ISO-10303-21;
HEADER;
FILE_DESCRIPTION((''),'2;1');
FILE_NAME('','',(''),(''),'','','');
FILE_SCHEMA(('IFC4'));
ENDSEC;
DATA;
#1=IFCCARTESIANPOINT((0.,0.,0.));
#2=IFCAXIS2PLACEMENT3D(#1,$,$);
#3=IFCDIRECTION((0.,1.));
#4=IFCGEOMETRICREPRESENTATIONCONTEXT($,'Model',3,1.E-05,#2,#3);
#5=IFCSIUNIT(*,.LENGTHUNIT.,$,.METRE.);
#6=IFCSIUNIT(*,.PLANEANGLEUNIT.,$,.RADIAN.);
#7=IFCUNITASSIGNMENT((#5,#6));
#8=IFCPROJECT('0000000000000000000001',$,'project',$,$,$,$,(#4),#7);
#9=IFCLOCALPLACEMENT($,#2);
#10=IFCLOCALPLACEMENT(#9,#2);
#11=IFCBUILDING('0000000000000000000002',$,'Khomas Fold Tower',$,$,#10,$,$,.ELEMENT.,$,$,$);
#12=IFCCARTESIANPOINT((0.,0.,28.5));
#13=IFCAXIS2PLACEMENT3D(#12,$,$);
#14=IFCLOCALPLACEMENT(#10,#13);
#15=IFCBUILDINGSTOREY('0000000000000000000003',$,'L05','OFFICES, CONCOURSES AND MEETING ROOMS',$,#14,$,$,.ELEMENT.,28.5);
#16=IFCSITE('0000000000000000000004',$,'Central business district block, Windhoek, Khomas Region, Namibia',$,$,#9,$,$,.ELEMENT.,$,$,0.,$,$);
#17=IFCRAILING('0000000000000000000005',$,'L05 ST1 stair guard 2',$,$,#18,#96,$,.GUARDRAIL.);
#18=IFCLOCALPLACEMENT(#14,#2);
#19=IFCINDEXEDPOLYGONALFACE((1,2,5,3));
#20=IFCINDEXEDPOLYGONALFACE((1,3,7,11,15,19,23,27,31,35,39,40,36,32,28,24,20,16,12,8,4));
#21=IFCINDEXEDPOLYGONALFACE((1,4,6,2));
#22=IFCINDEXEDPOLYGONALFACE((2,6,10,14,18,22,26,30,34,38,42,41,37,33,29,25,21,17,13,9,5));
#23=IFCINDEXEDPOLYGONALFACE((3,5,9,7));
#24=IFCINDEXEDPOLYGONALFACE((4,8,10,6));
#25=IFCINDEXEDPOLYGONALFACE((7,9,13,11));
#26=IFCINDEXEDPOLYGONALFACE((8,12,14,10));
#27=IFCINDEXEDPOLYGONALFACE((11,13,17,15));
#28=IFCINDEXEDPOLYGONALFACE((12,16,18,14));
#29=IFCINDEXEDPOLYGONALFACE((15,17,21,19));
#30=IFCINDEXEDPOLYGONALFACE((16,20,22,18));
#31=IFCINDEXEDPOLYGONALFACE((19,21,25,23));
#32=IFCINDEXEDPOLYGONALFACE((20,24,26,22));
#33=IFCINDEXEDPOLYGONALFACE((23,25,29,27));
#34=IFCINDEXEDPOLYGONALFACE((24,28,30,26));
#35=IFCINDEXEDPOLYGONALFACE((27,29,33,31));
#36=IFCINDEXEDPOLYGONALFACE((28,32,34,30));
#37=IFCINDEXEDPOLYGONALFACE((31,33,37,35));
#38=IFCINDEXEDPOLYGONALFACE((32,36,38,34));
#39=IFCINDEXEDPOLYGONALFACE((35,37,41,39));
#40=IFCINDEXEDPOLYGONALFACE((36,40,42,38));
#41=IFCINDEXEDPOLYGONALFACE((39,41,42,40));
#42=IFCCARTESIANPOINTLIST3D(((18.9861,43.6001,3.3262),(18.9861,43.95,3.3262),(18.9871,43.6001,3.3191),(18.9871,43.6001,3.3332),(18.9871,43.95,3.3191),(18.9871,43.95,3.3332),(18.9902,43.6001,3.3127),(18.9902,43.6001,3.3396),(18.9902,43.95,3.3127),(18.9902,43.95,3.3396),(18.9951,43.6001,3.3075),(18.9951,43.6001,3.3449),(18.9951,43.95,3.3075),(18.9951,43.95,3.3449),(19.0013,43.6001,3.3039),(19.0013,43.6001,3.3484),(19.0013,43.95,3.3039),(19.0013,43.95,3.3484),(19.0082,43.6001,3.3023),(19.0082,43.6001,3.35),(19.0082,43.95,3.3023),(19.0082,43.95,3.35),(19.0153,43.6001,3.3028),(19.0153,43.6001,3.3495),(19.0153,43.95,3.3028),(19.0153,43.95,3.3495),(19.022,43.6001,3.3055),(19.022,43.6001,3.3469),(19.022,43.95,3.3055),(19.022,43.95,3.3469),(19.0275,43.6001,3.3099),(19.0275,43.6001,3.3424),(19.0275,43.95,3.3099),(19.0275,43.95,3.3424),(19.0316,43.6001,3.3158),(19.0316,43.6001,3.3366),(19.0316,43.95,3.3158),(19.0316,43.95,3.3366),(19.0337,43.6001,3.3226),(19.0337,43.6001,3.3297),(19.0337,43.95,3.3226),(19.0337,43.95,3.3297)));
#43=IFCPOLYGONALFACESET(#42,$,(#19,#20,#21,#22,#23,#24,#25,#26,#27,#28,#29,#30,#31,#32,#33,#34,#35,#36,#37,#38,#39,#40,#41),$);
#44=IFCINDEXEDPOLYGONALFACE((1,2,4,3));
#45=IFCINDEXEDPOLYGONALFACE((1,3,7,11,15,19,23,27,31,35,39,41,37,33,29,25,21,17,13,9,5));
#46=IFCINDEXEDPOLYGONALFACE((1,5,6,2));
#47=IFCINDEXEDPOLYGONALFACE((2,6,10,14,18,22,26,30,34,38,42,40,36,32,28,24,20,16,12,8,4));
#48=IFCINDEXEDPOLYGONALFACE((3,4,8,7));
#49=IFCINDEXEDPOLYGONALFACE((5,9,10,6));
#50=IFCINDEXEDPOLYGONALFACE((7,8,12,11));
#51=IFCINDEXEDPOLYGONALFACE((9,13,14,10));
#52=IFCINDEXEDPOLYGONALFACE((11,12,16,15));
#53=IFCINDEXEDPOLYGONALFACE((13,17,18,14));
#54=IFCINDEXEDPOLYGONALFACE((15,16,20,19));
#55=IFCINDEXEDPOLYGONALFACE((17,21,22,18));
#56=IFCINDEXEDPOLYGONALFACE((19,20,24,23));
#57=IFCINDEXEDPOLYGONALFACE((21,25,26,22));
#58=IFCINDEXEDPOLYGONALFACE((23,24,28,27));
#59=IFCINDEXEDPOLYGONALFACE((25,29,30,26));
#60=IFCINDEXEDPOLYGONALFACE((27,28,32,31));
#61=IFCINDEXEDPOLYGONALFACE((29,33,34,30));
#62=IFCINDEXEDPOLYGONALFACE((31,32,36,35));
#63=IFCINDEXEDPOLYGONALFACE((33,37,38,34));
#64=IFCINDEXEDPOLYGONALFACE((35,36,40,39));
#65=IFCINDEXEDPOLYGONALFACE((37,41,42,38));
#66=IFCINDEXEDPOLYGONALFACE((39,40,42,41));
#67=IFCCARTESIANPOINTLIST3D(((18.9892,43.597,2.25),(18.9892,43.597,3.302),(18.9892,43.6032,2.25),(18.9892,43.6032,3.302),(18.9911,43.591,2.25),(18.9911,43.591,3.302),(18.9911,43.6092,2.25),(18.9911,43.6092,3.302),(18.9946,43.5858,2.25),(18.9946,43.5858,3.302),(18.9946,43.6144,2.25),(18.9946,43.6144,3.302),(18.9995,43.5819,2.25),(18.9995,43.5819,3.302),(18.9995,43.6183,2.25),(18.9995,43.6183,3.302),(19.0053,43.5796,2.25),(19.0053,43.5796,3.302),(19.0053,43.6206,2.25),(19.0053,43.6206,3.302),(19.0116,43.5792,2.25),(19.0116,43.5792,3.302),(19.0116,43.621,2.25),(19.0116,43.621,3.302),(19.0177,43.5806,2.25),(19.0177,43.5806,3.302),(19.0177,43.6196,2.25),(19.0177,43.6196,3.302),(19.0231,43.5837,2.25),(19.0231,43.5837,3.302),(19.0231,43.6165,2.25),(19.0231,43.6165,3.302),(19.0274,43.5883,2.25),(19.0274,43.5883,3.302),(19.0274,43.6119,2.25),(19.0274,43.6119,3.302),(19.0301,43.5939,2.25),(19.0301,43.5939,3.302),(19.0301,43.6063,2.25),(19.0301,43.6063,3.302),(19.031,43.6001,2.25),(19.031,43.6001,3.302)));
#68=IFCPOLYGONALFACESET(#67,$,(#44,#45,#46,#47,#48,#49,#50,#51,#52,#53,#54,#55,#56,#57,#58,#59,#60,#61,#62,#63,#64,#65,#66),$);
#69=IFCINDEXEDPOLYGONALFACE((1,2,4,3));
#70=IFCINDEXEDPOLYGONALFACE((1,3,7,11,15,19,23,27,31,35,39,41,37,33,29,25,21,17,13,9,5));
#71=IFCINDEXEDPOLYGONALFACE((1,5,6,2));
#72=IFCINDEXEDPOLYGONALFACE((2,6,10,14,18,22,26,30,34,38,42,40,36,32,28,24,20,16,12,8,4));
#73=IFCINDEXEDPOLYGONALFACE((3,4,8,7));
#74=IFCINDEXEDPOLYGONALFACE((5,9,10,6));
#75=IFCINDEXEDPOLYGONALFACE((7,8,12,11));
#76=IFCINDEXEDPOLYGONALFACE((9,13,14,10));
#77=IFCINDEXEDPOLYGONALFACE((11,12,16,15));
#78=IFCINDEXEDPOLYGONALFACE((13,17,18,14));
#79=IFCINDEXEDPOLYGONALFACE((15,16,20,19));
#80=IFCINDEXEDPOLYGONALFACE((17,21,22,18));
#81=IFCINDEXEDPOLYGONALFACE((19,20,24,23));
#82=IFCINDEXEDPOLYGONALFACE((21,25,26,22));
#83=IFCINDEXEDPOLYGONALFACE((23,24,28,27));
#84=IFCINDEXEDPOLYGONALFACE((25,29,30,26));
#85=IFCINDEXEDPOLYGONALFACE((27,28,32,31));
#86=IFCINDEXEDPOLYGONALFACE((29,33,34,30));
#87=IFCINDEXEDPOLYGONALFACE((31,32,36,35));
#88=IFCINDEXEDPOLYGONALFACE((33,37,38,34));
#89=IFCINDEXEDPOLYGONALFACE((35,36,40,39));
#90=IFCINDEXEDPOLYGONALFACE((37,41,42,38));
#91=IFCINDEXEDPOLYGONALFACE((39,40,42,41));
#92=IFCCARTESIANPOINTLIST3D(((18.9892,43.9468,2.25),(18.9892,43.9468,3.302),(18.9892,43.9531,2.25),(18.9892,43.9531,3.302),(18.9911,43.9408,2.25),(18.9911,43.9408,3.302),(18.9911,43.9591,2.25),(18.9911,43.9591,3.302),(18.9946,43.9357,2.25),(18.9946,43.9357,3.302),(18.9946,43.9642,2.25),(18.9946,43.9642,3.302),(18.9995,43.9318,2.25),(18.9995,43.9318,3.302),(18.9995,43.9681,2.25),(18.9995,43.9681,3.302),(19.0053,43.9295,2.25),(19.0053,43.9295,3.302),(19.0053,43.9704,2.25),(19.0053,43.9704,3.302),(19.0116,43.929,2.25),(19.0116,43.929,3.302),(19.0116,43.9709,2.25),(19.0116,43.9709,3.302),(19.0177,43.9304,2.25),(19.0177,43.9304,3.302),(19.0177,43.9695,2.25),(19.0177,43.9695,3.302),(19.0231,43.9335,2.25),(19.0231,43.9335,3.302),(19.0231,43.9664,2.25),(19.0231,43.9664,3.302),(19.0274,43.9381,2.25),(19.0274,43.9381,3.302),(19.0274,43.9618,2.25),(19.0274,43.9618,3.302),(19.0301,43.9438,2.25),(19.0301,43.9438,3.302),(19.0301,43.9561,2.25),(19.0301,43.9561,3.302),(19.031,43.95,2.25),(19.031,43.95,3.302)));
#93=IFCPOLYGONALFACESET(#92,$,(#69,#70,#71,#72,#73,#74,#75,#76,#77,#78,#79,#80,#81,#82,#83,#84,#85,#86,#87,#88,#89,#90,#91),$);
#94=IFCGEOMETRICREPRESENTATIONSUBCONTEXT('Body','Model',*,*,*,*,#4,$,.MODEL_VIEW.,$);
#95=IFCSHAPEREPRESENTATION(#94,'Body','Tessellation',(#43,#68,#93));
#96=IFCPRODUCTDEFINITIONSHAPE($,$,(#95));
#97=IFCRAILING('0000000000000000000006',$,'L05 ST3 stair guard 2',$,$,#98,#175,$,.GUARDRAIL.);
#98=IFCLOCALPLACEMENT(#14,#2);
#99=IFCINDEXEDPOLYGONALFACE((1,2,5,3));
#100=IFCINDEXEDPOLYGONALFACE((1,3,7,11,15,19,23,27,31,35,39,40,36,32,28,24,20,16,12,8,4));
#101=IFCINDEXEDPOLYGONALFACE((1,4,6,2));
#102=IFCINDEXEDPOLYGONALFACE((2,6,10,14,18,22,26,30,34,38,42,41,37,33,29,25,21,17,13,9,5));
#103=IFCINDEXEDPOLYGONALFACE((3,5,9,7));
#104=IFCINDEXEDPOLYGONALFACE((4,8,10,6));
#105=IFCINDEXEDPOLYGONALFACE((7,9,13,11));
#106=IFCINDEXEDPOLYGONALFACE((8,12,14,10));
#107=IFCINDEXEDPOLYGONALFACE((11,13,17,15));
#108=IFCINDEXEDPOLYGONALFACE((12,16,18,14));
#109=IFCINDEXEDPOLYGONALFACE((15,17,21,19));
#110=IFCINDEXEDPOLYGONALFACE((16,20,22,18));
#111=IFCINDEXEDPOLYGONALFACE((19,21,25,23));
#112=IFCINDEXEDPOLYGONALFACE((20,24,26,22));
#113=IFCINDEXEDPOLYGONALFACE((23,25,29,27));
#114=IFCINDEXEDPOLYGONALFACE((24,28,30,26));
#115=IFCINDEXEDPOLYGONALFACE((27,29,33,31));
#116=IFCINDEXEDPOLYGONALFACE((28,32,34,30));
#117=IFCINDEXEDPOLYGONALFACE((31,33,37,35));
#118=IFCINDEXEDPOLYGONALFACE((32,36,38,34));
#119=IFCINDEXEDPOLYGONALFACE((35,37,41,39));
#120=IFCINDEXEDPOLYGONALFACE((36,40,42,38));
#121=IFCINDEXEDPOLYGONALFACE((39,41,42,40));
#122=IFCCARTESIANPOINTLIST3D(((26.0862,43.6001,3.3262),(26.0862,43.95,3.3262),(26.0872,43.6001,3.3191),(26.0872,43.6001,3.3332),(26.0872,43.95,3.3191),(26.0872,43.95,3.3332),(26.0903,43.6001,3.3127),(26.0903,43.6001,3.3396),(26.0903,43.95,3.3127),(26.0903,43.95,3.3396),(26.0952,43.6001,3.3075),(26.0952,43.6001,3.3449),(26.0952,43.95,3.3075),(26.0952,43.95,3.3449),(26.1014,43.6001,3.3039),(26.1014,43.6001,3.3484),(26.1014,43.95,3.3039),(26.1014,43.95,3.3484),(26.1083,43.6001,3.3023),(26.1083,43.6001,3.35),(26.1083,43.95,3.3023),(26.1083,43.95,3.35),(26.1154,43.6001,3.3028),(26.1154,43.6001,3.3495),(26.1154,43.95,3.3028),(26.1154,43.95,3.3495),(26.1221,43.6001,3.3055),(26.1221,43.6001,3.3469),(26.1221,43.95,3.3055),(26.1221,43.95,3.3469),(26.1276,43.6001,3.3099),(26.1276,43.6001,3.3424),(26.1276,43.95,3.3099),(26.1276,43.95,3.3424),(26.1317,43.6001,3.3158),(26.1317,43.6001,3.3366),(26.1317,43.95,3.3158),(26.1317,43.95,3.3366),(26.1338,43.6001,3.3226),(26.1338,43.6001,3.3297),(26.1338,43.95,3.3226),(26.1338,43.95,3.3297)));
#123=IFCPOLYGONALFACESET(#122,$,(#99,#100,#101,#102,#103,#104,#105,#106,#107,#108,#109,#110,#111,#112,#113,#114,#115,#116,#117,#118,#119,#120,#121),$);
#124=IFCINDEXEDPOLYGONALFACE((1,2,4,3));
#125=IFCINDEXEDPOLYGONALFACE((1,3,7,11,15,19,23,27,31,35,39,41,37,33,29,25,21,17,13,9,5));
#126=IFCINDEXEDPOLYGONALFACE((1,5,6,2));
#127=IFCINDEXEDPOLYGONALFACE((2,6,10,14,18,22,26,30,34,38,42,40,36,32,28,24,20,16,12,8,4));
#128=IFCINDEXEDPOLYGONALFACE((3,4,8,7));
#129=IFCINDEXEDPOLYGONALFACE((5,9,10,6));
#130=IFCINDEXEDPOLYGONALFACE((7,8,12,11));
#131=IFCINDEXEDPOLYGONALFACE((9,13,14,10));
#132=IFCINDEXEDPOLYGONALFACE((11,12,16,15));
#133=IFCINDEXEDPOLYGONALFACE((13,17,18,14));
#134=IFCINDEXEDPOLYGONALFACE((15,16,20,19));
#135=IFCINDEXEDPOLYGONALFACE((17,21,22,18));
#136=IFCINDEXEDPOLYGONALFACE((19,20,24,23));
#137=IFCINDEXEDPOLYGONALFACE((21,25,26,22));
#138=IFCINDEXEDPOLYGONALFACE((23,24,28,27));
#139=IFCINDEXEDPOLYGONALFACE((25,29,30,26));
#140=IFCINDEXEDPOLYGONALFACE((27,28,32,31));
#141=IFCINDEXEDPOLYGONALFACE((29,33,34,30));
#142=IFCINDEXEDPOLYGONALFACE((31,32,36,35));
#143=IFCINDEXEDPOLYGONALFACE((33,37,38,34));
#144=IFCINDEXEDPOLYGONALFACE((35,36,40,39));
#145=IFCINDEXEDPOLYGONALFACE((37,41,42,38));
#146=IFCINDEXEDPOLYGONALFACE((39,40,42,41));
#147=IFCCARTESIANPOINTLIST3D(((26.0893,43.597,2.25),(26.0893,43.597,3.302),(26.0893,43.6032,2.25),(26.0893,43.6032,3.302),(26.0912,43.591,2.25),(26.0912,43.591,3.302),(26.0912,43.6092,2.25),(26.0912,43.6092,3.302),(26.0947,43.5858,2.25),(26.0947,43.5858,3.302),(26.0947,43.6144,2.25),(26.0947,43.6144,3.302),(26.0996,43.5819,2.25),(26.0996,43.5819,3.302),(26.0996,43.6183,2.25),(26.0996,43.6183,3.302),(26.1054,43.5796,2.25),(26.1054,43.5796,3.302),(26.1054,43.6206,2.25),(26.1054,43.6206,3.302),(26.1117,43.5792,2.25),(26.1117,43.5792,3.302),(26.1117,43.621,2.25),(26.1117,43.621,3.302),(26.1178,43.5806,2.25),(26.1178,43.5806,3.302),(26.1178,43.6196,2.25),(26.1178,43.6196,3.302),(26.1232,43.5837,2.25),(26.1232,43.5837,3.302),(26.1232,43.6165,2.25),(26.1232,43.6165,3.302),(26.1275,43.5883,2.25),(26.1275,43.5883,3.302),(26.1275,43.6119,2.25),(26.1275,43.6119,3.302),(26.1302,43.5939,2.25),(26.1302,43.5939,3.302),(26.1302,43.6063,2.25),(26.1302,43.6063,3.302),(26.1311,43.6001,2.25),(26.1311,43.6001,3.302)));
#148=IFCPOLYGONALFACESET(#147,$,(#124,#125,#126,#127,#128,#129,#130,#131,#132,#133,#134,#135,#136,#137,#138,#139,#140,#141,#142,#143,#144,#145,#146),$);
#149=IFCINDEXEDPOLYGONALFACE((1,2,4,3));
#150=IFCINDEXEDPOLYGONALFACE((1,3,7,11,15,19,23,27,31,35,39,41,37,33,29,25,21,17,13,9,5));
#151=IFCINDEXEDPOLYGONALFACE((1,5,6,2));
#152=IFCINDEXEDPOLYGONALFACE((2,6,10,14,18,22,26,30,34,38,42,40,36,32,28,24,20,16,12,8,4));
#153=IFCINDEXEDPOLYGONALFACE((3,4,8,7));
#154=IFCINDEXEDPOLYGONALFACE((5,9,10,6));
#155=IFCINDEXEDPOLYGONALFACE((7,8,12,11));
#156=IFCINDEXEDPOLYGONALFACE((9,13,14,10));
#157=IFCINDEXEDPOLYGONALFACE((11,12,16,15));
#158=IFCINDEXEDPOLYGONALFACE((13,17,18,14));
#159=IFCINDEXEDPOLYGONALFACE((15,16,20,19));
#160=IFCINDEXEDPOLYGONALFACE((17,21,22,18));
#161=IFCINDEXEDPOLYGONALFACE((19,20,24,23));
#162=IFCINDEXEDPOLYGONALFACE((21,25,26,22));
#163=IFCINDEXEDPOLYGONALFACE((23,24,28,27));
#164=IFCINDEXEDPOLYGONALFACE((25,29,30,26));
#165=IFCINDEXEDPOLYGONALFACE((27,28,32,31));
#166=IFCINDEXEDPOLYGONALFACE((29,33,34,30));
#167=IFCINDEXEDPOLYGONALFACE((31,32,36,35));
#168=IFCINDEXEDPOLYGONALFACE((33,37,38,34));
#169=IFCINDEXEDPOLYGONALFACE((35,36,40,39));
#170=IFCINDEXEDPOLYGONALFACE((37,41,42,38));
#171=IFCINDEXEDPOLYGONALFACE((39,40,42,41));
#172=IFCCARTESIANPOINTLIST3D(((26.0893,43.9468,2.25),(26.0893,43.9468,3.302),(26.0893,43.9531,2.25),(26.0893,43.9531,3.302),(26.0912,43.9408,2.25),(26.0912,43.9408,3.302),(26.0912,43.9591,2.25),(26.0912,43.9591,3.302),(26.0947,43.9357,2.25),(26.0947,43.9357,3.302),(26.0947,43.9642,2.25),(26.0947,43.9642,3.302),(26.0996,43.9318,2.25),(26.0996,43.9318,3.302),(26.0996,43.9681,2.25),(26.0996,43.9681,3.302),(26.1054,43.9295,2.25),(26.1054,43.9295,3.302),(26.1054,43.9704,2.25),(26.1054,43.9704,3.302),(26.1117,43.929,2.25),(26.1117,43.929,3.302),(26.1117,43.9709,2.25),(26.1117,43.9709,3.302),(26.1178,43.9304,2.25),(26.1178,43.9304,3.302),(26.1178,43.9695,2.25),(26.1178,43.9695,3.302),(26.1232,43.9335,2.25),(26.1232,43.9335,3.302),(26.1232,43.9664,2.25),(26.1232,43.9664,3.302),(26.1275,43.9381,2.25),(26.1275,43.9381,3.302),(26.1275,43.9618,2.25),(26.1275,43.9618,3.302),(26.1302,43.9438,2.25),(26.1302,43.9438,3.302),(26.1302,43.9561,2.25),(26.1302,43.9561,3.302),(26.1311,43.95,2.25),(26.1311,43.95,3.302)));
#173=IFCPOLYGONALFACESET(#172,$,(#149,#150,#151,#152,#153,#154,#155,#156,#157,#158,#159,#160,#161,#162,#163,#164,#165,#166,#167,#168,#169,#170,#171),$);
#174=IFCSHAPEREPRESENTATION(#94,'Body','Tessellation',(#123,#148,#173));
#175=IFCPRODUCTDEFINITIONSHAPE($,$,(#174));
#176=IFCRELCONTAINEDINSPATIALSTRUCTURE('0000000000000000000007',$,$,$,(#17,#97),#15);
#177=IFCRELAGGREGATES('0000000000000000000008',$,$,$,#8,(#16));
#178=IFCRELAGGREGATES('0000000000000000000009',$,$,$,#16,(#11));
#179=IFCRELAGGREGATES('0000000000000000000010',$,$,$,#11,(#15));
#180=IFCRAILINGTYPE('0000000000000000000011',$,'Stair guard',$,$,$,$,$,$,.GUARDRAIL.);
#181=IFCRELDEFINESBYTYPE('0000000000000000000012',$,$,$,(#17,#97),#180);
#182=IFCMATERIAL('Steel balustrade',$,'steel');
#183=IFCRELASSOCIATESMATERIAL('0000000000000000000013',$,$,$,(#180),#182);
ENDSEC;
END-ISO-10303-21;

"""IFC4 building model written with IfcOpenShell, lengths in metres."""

from ifc_helpers import new_model, si_unit, direction, frame, origin, origin_2d, place, context, subcontext, project, spatial, circle, extrude, source, transform, mapped, material, type_object, element, save


model = new_model("IFC4")

# Units and contexts
model_context = context("Model", 3, precision=1e-05, world=origin(), true_north=direction((0.0, 1.0)))
body_context = subcontext(model_context, "Body", "Model", "MODEL_VIEW")
ifc_project = project(units=[si_unit("LENGTHUNIT", "METRE"), si_unit("PLANEANGLEUNIT", "RADIAN")], contexts=[model_context])

# Site, building, storey
site_placement = place(None, origin())
site = spatial("IfcSite", under=ifc_project, at=site_placement, Name="Central business district block, Windhoek, Khomas Region, Namibia", CompositionType="ELEMENT", RefElevation=0.0)
building_placement = place(site_placement, origin())
building = spatial("IfcBuilding", under=site, at=building_placement, Name="Khomas Fold Tower", CompositionType="ELEMENT")
storey_placement = place(building_placement, frame((0.0, 0.0, 28.5)))
storey = spatial("IfcBuildingStorey", under=building, at=storey_placement, Name="L05", Description="OFFICES, CONCOURSES AND MEETING ROOMS", CompositionType="ELEMENT", Elevation=28.5)

# Railings
ifc_material_1 = material(Name="Steel balustrade", Category="steel")
railing_type_1 = type_object("IfcRailingType", Name="Stair guard", PredefinedType="GUARDRAIL", material=ifc_material_1)
shared_shape_1 = source(origin(), body_context, "Body", "SweptSolid", [
    extrude(circle(Radius=0.0239, at=origin_2d()), frame((0.0, 0.0, 1.0762), z_axis=(0.0, 1.0, 0.0), x_axis=(-1.0, 0.0, 0.0)), (0.0, 0.0, 1.0), 0.3499),
    extrude(circle(Radius=0.021, at=origin_2d()), origin(), (0.0, 0.0, 1.0), 1.052),
    extrude(circle(Radius=0.021, at=origin_2d()), frame((0.0, 0.3499, 0.0)), (0.0, 0.0, 1.0), 1.052),
])
for number, where, name in (
    (1, (19.01, 43.6001, 2.25), "L05 ST1 stair guard 2"),
    (2, (26.1101, 43.6001, 2.25), "L05 ST3 stair guard 2"),
):
    element("IfcRailing", number, at=place(storey_placement, frame(where)), inside=storey, type_object=railing_type_1, Name=name, PredefinedType="GUARDRAIL", context=body_context, shape_type="MappedRepresentation", body=[
        mapped(shared_shape_1, transform((0.0, 0.0, 0.0))),
    ])

save(model, "model.ifc")
